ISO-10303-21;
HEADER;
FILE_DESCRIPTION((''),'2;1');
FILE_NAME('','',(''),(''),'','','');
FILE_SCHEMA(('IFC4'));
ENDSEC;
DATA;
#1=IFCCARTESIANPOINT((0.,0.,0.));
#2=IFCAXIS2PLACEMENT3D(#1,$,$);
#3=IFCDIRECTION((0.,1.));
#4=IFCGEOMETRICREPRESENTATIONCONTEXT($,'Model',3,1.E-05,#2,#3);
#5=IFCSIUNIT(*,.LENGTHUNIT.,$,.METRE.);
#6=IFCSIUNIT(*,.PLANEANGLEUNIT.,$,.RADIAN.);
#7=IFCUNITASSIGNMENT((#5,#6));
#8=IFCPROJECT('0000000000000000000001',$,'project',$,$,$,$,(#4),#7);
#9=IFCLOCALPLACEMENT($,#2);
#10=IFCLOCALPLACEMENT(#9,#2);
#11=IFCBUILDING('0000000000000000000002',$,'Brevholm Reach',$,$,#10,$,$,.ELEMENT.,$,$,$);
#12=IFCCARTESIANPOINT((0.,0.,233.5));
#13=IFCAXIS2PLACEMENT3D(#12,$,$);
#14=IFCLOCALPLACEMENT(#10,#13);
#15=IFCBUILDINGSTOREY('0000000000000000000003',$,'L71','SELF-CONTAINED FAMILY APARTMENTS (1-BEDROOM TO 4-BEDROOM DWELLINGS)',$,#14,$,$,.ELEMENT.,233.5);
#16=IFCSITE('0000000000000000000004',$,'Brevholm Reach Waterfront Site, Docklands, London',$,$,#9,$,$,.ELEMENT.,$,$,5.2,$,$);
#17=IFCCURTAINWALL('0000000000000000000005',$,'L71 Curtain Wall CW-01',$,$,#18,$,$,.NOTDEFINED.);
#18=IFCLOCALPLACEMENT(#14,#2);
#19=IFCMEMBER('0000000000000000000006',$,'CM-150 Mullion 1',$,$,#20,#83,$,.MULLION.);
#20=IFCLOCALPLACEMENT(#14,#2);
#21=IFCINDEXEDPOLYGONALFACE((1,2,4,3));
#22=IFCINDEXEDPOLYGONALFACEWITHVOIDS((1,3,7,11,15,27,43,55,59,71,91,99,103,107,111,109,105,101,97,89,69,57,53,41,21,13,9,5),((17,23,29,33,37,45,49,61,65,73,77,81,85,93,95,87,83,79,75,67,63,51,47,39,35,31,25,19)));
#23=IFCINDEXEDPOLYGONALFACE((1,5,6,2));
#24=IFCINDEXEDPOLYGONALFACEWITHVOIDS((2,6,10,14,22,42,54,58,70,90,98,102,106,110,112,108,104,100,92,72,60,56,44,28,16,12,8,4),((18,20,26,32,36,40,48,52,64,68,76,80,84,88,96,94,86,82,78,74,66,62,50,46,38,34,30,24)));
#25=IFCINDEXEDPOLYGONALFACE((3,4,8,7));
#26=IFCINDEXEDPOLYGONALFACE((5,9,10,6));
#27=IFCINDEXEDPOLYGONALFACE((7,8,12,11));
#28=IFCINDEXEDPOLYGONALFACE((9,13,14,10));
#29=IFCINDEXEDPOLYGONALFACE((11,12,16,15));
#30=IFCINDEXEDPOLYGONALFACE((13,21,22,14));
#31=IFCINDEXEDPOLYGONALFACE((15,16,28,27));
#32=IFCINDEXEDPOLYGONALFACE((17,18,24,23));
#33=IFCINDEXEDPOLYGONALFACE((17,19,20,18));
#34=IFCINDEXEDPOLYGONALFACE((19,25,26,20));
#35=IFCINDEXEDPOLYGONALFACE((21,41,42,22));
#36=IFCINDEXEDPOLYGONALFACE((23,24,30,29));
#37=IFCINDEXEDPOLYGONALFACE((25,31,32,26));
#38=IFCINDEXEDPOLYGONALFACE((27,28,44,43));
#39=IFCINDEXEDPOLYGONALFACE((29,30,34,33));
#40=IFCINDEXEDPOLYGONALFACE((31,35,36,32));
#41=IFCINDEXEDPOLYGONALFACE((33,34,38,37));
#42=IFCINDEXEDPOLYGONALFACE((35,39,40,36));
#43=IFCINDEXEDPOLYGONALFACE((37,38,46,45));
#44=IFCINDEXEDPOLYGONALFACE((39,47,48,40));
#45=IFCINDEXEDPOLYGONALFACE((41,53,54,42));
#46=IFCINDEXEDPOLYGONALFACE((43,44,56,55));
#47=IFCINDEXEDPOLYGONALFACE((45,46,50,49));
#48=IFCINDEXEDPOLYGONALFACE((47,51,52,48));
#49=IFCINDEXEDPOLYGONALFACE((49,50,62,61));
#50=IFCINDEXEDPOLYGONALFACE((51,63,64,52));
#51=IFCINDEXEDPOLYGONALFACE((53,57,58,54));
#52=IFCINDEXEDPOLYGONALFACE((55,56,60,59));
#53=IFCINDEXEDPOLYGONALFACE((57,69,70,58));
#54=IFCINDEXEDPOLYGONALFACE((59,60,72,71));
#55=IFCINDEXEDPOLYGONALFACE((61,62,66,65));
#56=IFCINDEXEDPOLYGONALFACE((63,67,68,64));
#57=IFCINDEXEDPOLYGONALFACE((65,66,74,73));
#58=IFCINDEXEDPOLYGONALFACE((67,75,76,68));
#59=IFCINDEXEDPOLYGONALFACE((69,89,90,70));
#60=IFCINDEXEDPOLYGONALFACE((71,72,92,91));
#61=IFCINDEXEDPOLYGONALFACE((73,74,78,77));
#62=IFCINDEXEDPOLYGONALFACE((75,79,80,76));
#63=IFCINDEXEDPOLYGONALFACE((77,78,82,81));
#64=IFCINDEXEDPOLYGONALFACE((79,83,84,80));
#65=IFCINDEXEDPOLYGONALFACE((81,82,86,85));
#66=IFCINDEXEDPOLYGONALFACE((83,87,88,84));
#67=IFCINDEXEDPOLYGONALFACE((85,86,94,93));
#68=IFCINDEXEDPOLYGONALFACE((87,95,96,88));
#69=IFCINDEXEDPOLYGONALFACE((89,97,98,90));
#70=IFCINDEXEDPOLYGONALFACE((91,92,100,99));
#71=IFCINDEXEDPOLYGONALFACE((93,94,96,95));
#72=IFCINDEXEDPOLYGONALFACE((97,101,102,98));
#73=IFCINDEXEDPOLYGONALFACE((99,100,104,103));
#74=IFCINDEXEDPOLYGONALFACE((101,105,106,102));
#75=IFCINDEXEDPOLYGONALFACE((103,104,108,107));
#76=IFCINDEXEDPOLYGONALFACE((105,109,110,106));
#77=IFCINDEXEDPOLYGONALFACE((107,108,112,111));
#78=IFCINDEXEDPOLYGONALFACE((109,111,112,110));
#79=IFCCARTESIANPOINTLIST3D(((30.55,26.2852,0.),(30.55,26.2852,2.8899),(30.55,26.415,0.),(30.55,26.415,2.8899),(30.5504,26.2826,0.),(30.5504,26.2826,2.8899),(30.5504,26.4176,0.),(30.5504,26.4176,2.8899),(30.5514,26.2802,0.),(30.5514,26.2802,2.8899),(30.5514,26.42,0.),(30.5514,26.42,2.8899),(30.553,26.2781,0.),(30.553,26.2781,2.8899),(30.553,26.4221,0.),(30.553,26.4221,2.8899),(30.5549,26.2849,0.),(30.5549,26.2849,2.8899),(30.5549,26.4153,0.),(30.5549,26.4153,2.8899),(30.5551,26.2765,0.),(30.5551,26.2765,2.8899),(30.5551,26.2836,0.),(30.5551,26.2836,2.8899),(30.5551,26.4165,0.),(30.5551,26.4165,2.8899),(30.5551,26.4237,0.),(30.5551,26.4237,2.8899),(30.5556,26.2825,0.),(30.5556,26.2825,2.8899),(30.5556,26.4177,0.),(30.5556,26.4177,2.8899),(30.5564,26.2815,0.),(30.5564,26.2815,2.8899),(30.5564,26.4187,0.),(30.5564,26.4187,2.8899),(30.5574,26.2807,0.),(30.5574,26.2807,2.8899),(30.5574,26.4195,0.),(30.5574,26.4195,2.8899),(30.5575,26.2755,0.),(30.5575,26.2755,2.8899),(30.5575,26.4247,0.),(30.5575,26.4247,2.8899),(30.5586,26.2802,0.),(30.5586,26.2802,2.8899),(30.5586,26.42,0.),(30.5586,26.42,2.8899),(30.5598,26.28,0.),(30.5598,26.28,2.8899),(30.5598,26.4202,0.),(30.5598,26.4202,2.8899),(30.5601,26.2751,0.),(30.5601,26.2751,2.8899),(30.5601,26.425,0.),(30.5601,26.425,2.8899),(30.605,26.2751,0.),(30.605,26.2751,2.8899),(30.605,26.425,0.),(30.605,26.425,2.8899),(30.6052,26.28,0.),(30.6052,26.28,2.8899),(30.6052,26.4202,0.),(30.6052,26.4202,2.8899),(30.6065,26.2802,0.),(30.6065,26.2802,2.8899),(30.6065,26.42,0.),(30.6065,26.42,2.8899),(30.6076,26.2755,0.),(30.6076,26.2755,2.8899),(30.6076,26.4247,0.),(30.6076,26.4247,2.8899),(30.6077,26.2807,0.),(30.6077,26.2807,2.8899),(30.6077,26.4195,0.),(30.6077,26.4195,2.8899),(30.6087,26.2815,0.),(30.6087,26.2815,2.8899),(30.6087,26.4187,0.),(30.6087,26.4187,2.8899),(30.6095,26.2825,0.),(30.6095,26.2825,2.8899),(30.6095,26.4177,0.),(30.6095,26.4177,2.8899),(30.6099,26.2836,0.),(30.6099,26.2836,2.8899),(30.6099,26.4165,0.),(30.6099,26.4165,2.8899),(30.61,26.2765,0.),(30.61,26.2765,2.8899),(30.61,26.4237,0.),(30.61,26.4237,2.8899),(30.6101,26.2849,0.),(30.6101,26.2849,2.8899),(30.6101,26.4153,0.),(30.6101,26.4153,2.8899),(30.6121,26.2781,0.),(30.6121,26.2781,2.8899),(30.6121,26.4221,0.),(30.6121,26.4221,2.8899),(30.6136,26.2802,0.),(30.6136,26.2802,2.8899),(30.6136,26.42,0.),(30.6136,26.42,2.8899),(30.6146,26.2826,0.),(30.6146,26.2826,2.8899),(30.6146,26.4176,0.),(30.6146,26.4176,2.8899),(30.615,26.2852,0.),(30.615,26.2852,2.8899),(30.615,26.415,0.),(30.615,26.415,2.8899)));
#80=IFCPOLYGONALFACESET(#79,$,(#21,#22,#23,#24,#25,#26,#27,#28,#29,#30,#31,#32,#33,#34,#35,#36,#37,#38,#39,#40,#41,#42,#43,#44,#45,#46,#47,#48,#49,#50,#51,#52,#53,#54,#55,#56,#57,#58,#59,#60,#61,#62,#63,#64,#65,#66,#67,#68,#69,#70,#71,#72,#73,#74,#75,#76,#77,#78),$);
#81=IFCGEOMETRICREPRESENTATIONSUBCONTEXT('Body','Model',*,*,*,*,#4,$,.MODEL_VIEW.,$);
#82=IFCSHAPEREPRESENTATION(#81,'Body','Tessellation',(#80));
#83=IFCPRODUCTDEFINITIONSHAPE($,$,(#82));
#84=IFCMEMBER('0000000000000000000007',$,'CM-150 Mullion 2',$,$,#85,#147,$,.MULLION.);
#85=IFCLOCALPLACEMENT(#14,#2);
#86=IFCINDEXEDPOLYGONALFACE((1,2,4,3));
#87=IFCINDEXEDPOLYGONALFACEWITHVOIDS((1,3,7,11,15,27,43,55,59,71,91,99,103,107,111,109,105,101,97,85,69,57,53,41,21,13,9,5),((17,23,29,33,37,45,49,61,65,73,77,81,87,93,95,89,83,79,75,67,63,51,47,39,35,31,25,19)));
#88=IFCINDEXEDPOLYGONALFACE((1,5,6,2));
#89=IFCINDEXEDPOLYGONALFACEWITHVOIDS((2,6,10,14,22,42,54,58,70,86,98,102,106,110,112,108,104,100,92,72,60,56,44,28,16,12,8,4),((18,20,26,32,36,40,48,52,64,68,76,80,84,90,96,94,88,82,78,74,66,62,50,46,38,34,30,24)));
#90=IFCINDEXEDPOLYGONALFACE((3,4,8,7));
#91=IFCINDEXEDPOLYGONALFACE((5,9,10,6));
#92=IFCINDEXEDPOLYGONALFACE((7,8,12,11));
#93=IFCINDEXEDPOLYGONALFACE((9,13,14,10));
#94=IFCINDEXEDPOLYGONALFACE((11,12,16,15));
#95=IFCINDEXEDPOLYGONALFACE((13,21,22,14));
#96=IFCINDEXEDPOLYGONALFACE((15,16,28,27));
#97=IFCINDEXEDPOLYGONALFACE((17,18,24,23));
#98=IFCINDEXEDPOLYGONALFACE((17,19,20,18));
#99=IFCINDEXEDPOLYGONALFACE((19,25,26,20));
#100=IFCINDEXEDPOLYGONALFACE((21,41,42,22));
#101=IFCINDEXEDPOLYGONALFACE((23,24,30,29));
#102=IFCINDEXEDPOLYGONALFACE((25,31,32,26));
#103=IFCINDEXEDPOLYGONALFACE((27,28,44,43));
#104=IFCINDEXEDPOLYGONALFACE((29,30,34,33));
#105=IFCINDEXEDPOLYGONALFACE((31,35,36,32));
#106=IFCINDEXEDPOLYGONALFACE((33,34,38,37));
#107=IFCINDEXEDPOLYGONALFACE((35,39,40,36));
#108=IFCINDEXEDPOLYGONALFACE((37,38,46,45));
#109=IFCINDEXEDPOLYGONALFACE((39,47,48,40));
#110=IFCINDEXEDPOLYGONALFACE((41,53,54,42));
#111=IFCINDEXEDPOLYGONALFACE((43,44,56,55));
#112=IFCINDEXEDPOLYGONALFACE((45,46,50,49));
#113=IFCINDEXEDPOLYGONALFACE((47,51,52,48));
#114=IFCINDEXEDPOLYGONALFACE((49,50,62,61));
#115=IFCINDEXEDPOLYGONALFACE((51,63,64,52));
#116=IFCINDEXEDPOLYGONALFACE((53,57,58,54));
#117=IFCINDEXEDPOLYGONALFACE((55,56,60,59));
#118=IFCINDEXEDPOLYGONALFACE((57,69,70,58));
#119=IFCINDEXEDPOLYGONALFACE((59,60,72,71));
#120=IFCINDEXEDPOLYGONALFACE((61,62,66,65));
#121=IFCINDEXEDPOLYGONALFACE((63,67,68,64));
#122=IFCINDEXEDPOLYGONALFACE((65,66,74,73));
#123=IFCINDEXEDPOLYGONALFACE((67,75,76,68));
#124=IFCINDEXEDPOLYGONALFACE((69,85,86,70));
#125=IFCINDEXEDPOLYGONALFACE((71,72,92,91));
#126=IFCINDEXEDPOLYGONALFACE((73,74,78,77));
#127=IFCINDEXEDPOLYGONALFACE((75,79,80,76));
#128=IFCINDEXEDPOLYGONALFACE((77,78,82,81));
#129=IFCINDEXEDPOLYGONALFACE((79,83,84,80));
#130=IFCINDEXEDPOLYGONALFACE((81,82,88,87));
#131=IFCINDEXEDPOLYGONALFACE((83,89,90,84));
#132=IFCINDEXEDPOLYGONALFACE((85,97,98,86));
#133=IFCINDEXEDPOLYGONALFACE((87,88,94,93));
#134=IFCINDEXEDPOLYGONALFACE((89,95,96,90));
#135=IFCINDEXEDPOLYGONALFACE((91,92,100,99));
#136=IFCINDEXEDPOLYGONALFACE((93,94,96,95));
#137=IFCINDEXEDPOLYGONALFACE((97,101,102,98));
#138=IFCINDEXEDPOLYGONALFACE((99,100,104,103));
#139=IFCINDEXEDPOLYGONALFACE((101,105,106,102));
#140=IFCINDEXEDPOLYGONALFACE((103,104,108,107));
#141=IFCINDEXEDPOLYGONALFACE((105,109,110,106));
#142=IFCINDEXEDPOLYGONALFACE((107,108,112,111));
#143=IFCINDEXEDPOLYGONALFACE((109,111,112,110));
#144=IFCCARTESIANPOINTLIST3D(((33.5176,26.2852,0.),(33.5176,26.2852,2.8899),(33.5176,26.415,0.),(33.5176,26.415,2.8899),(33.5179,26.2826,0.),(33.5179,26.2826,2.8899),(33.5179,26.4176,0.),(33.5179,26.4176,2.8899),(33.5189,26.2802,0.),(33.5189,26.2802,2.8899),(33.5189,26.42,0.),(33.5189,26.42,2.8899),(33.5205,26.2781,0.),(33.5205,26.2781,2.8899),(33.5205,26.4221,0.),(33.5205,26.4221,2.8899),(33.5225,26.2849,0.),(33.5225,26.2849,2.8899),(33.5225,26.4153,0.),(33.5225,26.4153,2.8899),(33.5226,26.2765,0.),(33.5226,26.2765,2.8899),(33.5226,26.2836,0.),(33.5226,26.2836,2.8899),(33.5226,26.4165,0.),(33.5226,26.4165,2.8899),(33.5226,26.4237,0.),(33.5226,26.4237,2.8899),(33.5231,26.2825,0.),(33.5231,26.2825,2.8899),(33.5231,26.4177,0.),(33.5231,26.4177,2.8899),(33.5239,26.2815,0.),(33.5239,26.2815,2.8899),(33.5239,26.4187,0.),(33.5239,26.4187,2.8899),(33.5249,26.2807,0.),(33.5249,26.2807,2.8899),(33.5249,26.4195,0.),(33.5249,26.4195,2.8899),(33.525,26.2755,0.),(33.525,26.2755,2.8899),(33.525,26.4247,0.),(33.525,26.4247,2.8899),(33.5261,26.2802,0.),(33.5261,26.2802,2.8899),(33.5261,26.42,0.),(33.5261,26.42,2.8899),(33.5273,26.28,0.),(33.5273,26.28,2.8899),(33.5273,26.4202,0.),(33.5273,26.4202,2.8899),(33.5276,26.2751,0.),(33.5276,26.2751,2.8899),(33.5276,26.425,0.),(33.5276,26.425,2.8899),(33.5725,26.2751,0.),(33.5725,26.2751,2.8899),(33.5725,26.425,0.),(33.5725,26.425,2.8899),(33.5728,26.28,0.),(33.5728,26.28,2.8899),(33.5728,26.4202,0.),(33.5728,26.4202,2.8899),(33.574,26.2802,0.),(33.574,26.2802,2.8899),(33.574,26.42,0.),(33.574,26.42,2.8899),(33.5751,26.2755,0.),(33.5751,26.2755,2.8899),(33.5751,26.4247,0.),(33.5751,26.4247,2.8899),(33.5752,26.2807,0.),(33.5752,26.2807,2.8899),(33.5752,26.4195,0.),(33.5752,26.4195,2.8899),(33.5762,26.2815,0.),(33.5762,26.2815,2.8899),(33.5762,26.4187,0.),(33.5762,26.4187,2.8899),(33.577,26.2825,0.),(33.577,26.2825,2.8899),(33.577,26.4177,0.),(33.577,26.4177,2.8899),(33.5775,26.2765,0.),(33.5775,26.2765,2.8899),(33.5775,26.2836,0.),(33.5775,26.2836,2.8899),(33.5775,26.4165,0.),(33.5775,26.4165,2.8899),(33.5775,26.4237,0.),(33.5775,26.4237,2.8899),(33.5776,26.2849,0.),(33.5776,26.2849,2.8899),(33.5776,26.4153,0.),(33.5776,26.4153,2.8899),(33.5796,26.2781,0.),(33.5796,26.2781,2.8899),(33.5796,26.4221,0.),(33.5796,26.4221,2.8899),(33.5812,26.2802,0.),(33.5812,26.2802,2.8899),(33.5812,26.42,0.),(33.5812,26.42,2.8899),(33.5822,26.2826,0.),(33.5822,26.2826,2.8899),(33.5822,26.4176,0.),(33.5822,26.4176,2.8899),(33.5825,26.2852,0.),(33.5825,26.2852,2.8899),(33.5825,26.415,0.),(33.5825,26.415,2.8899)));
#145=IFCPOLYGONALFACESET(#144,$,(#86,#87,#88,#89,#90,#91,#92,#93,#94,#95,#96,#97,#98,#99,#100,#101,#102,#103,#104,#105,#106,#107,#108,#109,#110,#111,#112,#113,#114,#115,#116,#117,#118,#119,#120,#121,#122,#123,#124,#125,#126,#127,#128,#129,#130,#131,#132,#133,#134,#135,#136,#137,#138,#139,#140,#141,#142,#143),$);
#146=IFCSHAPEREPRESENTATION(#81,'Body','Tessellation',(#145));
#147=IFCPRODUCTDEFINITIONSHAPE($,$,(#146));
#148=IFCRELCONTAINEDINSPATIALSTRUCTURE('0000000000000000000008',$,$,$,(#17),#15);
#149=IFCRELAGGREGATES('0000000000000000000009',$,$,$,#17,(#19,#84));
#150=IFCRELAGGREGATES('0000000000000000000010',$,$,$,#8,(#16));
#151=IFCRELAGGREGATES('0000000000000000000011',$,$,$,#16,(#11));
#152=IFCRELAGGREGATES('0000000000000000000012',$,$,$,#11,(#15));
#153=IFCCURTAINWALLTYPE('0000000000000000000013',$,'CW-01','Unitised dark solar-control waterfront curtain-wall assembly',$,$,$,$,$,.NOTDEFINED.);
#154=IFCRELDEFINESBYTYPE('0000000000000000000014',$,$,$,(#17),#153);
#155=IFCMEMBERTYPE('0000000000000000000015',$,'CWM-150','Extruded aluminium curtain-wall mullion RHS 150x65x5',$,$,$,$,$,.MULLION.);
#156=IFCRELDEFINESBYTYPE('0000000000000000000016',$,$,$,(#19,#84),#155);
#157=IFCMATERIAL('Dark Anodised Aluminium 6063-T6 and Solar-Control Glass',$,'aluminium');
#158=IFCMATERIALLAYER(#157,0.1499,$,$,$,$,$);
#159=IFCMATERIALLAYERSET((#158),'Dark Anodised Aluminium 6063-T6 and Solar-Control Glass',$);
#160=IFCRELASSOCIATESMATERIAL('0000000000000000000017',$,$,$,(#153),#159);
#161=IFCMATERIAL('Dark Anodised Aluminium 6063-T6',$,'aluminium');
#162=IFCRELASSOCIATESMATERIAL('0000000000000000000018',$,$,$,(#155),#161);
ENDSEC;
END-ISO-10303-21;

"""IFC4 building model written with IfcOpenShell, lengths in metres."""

from ifc_helpers import new_model, si_unit, direction, frame, origin, origin_2d, place, context, subcontext, project, spatial, hollow_rectangle, extrude, material, layer, layer_set, material_profile, profile_set, type_object, element, aggregate, save


model = new_model("IFC4")

# Units and contexts
model_context = context("Model", 3, precision=1e-05, world=origin(), true_north=direction((0.0, 1.0)))
body_context = subcontext(model_context, "Body", "Model", "MODEL_VIEW")
ifc_project = project(units=[si_unit("LENGTHUNIT", "METRE"), si_unit("PLANEANGLEUNIT", "RADIAN")], contexts=[model_context])

# Site, building, storey
site_placement = place(None, origin())
site = spatial("IfcSite", under=ifc_project, at=site_placement, Name="Brevholm Reach Waterfront Site, Docklands, London", CompositionType="ELEMENT", RefElevation=5.2)
building_placement = place(site_placement, origin())
building = spatial("IfcBuilding", under=site, at=building_placement, Name="Brevholm Reach", CompositionType="ELEMENT")
storey_placement = place(building_placement, frame((0.0, 0.0, 233.5)))
storey = spatial("IfcBuildingStorey", under=building, at=storey_placement, Name="L71", Description="SELF-CONTAINED FAMILY APARTMENTS (1-BEDROOM TO 4-BEDROOM DWELLINGS)", CompositionType="ELEMENT", Elevation=233.5)

# Curtain wall, members
ifc_material_1 = material(Name="Dark Anodised Aluminium 6063-T6 and Solar-Control Glass", Category="aluminium")
ifc_layer_1 = layer(ifc_material_1, 0.1499)
ifc_layer_set_1 = layer_set([ifc_layer_1], Name="Dark Anodised Aluminium 6063-T6 and Solar-Control Glass")
curtain_wall_type = type_object("IfcCurtainWallType", Name="CW-01", Description="Unitised dark solar-control waterfront curtain-wall assembly", PredefinedType="NOTDEFINED", material=ifc_layer_set_1)
curtain_wall_placement = place(storey_placement, origin())
curtain_wall = element("IfcCurtainWall", 1, at=curtain_wall_placement, inside=storey, type_object=curtain_wall_type, Name="L71 Curtain Wall CW-01", PredefinedType="NOTDEFINED")
ifc_material_2 = material(Name="Dark Anodised Aluminium 6063-T6", Category="aluminium")
ifc_material_profile_1 = material_profile(ifc_material_2, hollow_rectangle(XDim=0.0649, YDim=0.1499, WallThickness=0.0049, InnerFilletRadius=0.0049, OuterFilletRadius=0.01, at=origin_2d()), Name="RHS 150x65x5")
ifc_profile_set_1 = profile_set([ifc_material_profile_1], Name="Dark Anodised Aluminium 6063-T6")
member_type_1 = type_object("IfcMemberType", Name="CWM-150", Description="Extruded aluminium curtain-wall mullion RHS 150x65x5", PredefinedType="MULLION", material=ifc_profile_set_1)
member_1_placement = place(storey_placement, frame((30.5825, 26.3501, 0.0), z_axis=(0.0, 0.0, 1.0), x_axis=(1.0, 0.0, 0.0)))
member_1 = element("IfcMember", 2, at=member_1_placement, type_object=member_type_1, Name="CM-150 Mullion 1", PredefinedType="MULLION", context=body_context, shape_type="SweptSolid", body=[
    extrude(hollow_rectangle(XDim=0.0649, YDim=0.1499, WallThickness=0.0049, InnerFilletRadius=0.0049, OuterFilletRadius=0.01, at=origin_2d()), origin(), (0.0, 0.0, 1.0), 2.8899),
])
member_2_placement = place(storey_placement, frame((33.55, 26.3501, 0.0), z_axis=(0.0, 0.0, 1.0), x_axis=(1.0, 0.0, 0.0)))
member_2 = element("IfcMember", 3, at=member_2_placement, type_object=member_type_1, Name="CM-150 Mullion 2", PredefinedType="MULLION", context=body_context, shape_type="SweptSolid", body=[
    extrude(hollow_rectangle(XDim=0.0649, YDim=0.1499, WallThickness=0.0049, InnerFilletRadius=0.0049, OuterFilletRadius=0.01, at=origin_2d()), origin(), (0.0, 0.0, 1.0), 2.8899),
])
aggregate(curtain_wall, [member_1, member_2])

save(model, "model.ifc")
